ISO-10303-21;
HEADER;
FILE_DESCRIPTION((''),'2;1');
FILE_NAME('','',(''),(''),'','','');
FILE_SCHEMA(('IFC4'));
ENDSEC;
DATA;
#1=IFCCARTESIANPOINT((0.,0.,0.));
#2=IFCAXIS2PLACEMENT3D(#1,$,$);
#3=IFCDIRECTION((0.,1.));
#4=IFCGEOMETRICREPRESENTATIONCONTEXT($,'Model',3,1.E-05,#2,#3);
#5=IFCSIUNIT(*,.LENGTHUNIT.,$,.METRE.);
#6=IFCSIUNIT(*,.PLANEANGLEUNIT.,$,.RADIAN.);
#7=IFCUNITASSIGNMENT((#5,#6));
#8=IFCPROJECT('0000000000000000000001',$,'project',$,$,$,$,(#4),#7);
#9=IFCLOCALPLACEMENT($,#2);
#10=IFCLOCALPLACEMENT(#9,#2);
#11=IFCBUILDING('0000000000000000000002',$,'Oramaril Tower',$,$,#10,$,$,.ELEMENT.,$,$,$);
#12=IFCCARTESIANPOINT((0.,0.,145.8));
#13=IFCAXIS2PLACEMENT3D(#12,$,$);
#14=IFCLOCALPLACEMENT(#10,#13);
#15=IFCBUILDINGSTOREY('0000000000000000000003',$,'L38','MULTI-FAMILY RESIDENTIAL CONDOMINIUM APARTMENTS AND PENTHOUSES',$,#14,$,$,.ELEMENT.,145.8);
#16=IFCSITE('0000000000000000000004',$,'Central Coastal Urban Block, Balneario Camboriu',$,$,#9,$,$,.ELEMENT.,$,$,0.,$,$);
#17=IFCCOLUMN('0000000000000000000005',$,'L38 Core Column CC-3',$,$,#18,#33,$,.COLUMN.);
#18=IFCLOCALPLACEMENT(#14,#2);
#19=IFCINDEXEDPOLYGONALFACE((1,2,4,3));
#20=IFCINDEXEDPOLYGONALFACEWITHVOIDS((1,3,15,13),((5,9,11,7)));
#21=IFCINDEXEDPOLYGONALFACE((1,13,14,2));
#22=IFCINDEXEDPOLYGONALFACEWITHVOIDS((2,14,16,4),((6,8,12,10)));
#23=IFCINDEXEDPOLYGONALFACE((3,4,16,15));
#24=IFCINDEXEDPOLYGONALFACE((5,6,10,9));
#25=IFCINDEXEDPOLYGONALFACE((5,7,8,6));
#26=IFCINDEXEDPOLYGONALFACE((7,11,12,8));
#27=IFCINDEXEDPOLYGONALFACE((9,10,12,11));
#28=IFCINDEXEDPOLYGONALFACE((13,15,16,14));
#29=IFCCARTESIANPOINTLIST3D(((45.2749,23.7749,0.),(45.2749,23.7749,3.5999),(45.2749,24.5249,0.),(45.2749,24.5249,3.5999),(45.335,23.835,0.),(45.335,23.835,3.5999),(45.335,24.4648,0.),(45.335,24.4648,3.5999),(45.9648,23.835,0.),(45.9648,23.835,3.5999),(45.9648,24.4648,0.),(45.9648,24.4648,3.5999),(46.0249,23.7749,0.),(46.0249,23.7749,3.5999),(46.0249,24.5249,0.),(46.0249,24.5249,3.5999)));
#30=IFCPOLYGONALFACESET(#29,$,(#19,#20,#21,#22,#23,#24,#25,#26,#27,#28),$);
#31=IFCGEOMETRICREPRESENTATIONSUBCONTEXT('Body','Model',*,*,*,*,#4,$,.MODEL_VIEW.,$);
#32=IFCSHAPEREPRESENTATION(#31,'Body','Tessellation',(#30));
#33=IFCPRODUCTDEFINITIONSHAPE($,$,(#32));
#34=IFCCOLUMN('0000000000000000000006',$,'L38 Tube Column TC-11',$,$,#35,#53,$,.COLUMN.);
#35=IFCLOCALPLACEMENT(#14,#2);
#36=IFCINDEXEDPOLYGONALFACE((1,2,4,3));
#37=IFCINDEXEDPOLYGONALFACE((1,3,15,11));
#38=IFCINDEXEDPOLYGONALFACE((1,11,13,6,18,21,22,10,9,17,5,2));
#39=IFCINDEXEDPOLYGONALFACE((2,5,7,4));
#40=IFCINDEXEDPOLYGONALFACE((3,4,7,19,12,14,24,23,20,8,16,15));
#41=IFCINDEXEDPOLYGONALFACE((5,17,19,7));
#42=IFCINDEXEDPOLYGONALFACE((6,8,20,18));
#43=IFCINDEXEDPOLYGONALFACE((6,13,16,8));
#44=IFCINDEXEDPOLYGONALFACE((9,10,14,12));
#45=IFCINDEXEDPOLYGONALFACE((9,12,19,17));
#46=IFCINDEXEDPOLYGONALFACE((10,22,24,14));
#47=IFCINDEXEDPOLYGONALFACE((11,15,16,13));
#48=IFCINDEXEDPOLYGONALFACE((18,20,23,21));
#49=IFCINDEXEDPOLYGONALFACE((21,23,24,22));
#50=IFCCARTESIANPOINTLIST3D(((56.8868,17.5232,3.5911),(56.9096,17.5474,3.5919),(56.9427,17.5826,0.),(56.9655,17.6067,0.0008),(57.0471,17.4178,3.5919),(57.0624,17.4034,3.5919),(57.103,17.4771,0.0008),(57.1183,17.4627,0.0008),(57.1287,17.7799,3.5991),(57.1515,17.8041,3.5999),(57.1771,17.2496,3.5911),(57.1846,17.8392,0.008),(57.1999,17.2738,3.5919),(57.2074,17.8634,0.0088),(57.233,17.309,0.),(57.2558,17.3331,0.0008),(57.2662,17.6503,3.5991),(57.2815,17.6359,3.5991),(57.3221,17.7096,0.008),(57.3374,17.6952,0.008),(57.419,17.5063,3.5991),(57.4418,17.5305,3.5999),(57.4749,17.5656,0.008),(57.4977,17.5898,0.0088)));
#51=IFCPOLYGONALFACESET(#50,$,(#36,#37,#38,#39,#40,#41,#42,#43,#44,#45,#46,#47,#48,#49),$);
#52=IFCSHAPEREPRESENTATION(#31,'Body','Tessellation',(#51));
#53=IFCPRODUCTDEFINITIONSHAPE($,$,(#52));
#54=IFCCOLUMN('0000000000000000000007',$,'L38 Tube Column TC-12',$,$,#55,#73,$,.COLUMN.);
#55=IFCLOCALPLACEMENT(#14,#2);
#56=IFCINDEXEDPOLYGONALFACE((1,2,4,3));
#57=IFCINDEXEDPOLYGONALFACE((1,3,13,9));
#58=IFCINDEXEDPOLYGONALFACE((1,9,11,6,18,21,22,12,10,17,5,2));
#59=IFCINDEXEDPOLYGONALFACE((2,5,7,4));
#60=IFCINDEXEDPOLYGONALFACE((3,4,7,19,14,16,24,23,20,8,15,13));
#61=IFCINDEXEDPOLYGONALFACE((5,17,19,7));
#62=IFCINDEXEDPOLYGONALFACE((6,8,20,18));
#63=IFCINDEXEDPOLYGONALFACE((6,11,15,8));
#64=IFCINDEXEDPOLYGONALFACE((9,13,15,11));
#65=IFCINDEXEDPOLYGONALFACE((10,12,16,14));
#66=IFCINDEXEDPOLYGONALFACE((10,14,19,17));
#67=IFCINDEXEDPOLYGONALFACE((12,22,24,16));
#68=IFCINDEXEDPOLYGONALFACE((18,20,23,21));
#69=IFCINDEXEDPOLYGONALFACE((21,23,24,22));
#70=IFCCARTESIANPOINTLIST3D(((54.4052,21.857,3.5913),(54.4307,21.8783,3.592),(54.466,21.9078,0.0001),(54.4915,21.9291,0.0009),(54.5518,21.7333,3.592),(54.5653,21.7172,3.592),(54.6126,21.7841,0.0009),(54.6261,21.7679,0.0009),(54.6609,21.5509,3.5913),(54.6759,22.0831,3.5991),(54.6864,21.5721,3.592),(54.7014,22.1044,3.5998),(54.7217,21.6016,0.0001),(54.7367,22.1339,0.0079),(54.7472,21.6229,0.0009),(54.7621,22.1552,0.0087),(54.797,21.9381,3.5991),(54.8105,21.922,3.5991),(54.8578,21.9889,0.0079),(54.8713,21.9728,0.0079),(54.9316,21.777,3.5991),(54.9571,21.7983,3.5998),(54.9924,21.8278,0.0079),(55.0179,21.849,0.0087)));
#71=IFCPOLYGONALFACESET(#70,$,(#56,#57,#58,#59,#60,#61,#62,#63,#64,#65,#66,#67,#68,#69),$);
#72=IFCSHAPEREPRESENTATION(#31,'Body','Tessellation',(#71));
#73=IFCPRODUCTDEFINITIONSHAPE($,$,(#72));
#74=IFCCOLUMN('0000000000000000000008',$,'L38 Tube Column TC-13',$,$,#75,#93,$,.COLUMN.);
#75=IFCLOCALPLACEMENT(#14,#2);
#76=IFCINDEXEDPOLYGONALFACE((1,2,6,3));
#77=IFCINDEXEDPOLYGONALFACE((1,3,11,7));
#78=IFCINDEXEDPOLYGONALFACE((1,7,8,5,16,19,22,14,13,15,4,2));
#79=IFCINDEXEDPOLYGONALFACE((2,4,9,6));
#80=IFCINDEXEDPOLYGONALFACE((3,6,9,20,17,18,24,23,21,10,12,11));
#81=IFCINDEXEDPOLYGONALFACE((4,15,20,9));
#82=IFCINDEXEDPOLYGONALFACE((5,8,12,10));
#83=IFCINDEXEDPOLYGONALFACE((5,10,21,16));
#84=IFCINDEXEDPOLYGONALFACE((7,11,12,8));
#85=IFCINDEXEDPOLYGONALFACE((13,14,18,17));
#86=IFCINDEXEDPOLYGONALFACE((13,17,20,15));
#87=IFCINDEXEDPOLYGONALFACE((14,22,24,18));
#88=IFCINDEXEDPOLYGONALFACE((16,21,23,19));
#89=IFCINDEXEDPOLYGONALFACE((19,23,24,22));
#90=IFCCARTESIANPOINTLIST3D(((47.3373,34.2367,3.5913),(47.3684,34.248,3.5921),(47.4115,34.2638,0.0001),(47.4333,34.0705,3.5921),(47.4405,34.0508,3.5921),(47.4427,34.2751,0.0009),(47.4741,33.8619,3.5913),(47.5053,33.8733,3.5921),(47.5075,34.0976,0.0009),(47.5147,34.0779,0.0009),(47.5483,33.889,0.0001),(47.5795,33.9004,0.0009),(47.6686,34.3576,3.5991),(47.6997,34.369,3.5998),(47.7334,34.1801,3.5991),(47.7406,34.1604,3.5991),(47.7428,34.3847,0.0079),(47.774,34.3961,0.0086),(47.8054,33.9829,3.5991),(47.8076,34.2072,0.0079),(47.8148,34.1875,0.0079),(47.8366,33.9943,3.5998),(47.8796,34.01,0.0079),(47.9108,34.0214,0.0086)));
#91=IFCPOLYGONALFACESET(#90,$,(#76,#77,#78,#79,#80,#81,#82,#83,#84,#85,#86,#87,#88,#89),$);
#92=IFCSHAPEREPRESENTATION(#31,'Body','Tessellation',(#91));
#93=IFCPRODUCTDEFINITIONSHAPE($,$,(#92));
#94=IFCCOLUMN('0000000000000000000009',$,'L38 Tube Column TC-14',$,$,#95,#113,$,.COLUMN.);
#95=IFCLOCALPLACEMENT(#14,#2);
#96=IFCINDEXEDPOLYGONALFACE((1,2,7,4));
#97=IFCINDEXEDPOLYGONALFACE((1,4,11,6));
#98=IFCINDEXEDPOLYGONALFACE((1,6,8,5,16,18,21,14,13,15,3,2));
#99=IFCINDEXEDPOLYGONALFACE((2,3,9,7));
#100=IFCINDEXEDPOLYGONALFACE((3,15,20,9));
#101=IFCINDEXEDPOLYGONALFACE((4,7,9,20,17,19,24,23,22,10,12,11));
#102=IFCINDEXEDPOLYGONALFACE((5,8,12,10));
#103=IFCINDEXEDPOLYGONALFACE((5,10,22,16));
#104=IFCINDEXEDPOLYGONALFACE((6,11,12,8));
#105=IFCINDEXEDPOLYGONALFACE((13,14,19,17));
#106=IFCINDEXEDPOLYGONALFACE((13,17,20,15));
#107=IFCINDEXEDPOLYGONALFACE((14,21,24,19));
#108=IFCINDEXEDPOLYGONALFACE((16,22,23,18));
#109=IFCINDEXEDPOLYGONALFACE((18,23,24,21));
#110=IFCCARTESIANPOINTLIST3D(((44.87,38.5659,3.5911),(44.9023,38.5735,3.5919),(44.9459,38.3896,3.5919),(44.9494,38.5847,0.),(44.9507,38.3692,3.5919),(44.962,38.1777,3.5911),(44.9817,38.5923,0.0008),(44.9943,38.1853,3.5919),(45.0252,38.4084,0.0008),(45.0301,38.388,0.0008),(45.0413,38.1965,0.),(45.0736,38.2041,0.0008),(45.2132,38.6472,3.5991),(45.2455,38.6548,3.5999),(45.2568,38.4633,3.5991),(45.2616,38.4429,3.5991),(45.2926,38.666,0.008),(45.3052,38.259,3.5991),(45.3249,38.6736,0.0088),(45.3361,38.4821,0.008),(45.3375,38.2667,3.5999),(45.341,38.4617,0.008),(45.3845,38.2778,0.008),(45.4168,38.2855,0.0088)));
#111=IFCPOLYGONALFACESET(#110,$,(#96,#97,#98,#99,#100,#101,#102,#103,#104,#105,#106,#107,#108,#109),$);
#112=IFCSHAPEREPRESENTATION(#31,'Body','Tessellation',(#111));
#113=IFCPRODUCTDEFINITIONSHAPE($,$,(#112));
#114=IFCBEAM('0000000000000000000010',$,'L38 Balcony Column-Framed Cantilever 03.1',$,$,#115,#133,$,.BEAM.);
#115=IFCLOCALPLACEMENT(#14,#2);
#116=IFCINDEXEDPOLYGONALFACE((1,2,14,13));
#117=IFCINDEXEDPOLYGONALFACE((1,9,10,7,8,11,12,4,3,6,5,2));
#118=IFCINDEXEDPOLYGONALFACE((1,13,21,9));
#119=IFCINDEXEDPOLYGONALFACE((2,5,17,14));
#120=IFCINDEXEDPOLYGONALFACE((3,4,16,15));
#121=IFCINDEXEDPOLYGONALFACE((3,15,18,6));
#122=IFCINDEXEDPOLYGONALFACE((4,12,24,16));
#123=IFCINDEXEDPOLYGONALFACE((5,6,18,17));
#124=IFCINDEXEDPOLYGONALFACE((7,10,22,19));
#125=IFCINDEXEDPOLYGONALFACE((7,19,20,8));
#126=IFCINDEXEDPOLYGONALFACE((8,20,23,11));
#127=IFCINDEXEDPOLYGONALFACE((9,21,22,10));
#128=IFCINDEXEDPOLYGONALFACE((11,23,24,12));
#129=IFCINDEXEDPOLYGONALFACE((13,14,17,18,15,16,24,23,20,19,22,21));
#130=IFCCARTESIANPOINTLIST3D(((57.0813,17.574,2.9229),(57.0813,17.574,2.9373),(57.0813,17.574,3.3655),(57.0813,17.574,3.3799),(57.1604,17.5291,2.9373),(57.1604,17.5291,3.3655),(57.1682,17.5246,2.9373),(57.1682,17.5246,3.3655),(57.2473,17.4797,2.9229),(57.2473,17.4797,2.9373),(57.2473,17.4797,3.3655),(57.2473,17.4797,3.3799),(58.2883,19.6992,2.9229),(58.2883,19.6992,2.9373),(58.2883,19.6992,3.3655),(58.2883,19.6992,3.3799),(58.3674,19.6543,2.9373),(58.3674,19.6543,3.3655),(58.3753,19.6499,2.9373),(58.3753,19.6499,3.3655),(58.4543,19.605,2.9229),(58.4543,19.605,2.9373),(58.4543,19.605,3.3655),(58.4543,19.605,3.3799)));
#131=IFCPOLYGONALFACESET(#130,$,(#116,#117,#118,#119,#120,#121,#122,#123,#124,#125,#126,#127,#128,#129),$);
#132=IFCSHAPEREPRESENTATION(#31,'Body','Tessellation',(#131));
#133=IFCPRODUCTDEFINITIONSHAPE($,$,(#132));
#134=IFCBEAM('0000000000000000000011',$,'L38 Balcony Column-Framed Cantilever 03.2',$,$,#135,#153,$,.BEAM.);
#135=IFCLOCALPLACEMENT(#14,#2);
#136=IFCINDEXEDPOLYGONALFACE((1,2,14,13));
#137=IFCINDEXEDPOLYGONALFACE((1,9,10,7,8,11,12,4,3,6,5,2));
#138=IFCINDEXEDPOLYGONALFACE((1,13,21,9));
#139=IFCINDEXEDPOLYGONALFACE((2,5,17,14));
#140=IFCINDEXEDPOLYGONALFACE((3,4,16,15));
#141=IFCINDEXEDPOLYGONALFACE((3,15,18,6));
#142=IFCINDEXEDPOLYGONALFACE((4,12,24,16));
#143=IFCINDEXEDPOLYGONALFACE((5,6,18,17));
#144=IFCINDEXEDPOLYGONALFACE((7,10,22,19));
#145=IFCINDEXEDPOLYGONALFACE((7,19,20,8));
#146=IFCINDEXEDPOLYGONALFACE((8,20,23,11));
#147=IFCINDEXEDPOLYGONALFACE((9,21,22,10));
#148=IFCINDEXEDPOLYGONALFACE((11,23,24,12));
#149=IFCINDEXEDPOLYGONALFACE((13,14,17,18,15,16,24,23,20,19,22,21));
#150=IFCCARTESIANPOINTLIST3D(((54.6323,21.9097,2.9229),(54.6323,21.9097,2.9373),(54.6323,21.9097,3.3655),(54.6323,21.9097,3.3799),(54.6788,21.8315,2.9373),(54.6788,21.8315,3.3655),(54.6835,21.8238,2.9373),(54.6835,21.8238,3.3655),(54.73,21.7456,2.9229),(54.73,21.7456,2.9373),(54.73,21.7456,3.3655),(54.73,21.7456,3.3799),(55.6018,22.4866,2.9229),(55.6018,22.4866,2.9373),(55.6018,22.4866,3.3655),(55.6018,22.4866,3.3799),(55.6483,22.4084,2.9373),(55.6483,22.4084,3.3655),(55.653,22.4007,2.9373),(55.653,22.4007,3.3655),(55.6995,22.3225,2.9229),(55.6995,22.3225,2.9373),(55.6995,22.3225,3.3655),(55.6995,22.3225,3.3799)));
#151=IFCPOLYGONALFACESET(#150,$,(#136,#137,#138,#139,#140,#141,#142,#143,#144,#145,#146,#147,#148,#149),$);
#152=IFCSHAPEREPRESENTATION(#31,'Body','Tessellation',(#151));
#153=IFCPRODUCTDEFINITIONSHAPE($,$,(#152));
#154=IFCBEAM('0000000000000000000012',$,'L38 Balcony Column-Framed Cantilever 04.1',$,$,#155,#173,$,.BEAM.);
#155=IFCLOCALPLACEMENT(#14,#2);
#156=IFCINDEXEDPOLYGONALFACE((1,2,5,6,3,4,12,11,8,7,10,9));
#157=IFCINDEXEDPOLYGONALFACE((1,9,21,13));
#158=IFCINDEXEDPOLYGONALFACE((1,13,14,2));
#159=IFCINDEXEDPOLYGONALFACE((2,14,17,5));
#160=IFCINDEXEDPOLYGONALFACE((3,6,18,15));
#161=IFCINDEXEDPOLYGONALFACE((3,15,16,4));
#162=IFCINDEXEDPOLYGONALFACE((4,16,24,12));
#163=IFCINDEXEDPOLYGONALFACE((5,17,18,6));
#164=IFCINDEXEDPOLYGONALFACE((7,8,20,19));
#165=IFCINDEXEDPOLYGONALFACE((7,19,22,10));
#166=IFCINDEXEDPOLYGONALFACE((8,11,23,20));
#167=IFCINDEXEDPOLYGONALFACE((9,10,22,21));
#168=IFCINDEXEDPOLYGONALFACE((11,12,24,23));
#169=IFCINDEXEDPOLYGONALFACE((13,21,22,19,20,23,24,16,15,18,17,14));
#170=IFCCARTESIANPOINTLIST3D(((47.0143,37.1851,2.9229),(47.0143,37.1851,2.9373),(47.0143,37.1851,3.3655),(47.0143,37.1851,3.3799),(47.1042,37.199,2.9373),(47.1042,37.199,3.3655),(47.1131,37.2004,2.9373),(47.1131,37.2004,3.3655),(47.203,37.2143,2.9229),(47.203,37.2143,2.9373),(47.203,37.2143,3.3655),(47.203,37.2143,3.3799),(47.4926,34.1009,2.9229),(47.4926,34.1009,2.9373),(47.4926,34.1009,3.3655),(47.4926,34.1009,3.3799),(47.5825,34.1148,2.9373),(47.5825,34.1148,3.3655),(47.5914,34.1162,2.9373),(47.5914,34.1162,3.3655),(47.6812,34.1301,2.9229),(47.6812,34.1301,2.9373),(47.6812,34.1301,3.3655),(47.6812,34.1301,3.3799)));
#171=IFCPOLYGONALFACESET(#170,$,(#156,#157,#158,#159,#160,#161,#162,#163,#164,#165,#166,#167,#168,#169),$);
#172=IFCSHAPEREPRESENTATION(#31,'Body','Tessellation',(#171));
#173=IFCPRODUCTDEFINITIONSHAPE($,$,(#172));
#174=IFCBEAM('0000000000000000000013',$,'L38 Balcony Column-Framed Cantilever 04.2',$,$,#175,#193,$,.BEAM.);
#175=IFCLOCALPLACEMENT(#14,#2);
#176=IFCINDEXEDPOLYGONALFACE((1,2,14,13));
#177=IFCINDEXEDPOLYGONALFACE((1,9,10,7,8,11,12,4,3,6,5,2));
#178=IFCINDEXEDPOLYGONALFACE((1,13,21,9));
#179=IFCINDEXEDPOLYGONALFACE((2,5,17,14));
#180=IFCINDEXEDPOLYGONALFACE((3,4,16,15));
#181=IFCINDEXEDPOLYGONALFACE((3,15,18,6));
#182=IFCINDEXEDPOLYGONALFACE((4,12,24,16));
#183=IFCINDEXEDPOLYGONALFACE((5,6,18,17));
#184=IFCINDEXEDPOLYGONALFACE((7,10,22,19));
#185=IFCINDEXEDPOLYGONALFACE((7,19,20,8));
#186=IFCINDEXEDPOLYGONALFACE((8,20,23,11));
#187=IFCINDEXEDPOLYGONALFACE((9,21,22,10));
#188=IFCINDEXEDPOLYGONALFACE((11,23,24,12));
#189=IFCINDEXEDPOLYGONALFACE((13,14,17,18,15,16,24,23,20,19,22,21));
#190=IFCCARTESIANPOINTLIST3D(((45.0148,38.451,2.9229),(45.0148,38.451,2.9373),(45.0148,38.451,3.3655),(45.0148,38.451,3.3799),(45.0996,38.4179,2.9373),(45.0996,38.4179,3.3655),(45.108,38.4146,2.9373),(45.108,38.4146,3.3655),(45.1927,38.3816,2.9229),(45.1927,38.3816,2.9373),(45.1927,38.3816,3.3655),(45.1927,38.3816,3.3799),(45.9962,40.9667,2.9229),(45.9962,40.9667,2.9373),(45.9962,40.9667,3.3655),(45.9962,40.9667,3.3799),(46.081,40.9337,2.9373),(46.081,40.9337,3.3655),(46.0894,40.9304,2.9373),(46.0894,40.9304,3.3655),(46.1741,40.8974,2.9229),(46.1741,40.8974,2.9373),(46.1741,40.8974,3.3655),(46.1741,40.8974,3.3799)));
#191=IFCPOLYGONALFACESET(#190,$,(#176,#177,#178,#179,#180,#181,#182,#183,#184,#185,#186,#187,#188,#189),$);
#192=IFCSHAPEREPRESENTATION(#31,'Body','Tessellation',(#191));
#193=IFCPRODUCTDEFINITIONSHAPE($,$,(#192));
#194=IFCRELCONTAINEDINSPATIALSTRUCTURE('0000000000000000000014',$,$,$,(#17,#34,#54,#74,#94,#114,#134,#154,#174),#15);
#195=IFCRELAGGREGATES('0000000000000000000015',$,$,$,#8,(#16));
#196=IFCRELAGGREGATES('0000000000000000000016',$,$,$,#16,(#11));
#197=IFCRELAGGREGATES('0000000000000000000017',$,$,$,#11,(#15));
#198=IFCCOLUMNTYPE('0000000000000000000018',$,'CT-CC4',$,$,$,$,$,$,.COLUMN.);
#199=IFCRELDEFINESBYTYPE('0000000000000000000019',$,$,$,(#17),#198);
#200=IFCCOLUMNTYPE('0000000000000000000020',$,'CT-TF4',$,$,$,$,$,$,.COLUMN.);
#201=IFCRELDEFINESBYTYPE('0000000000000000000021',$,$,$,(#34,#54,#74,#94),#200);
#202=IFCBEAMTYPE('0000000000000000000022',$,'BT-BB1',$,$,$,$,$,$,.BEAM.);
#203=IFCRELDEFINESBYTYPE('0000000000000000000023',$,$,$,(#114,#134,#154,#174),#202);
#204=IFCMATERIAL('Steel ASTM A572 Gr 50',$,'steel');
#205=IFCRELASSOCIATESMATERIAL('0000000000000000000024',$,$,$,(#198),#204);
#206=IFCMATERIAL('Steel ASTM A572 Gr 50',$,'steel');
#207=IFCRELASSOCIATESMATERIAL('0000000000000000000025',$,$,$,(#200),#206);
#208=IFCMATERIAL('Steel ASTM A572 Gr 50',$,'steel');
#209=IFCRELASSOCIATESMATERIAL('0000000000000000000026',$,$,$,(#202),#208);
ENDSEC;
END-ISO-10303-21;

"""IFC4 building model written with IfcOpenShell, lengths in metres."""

from ifc_helpers import new_model, si_unit, direction, frame, origin, origin_2d, place, context, subcontext, project, spatial, hollow_rectangle, i_section, extrude, material, material_profile, profile_set, type_object, element, save


model = new_model("IFC4")

# Units and contexts
model_context = context("Model", 3, precision=1e-05, world=origin(), true_north=direction((0.0, 1.0)))
body_context = subcontext(model_context, "Body", "Model", "MODEL_VIEW")
ifc_project = project(units=[si_unit("LENGTHUNIT", "METRE"), si_unit("PLANEANGLEUNIT", "RADIAN")], contexts=[model_context])

# Site, building, storey
site_placement = place(None, origin())
site = spatial("IfcSite", under=ifc_project, at=site_placement, Name="Central Coastal Urban Block, Balneario Camboriu", CompositionType="ELEMENT", RefElevation=0.0)
building_placement = place(site_placement, origin())
building = spatial("IfcBuilding", under=site, at=building_placement, Name="Oramaril Tower", CompositionType="ELEMENT")
storey_placement = place(building_placement, frame((0.0, 0.0, 145.8)))
storey = spatial("IfcBuildingStorey", under=building, at=storey_placement, Name="L38", Description="MULTI-FAMILY RESIDENTIAL CONDOMINIUM APARTMENTS AND PENTHOUSES", CompositionType="ELEMENT", Elevation=145.8)

# Columns
ifc_material_1 = material(Name="Steel ASTM A572 Gr 50", Category="steel")
ifc_material_profile_1 = material_profile(ifc_material_1, hollow_rectangle(XDim=0.75, YDim=0.75, WallThickness=0.0601, at=origin_2d()), Name="BOX750X750X60")
ifc_profile_set_1 = profile_set([ifc_material_profile_1], Name="Steel ASTM A572 Gr 50")
column_type_1 = type_object("IfcColumnType", Name="CT-CC4", PredefinedType="COLUMN", material=ifc_profile_set_1)
column_placement = place(storey_placement, frame((45.6499, 24.1499, 0.0), z_axis=(0.0, 0.0, 1.0), x_axis=(1.0, 0.0, 0.0)))
element("IfcColumn", 1, at=column_placement, inside=storey, type_object=column_type_1, Name="L38 Core Column CC-3", PredefinedType="COLUMN", context=body_context, shape_type="SweptSolid", body=[
    extrude(hollow_rectangle(XDim=0.75, YDim=0.75, WallThickness=0.0601, at=origin_2d()), origin(), (0.0, 0.0, 1.0), 3.5999),
])
ifc_material_2 = material(Name="Steel ASTM A572 Gr 50", Category="steel")
ifc_material_profile_2 = material_profile(ifc_material_2, i_section(OverallWidth=0.3989, OverallDepth=0.386, WebThickness=0.021, FlangeThickness=0.0332, at=origin_2d()), Name="W14X176")
ifc_profile_set_2 = profile_set([ifc_material_profile_2], Name="Steel ASTM A572 Gr 50")
column_type_2 = type_object("IfcColumnType", Name="CT-TF4", PredefinedType="COLUMN", material=ifc_profile_set_2)
for number, where, z_axis, x_axis, name in (
    (2, (57.2202, 17.5862, 0.0044), (-0.015565, -0.016516, 0.999742), (0.72776, -0.685832, 0.0), "L38 Tube Column TC-11"),
    (3, (54.7419, 21.8784, 0.0044), (-0.016924, -0.014138, 0.999757), (0.641093, -0.767463, 0.0), "L38 Tube Column TC-12"),
    (4, (47.6611, 34.1426, 0.0044), (-0.020663, -0.007545, 0.999758), (0.342983, -0.939342, 0.0), "L38 Tube Column TC-13"),
    (5, (45.1831, 38.4351, 0.0044), (-0.02209, -0.005234, 0.999742), (0.230541, -0.973063, 0.0), "L38 Tube Column TC-14"),
):
    element("IfcColumn", number, at=place(storey_placement, frame(where, z_axis=z_axis, x_axis=x_axis)), inside=storey, type_object=column_type_2, Name=name, PredefinedType="COLUMN", context=body_context, shape_type="SweptSolid", body=[
        extrude(i_section(OverallWidth=0.3989, OverallDepth=0.386, WebThickness=0.021, FlangeThickness=0.0332, at=origin_2d()), origin(), (0.0, 0.0, 1.0), 3.592),
    ])

# Beams
ifc_material_3 = material(Name="Steel ASTM A572 Gr 50", Category="steel")
ifc_material_profile_3 = material_profile(ifc_material_3, i_section(OverallWidth=0.1909, OverallDepth=0.457, WebThickness=0.009, FlangeThickness=0.0144, at=origin_2d()), Name="W18X50")
ifc_profile_set_3 = profile_set([ifc_material_profile_3], Name="Steel ASTM A572 Gr 50")
beam_type_1 = type_object("IfcBeamType", Name="BT-BB1", PredefinedType="BEAM", material=ifc_profile_set_3)
beam_1_placement = place(storey_placement, frame((57.1643, 17.5269, 3.1514), z_axis=(0.493857, 0.869543, 0.0), x_axis=(-0.869543, 0.493857, 0.0)))
element("IfcBeam", 6, at=beam_1_placement, inside=storey, type_object=beam_type_1, Name="L38 Balcony Column-Framed Cantilever 03.1", PredefinedType="BEAM", context=body_context, shape_type="SweptSolid", body=[
    extrude(i_section(OverallWidth=0.1909, OverallDepth=0.457, WebThickness=0.009, FlangeThickness=0.0144, at=origin_2d()), origin(), (0.0, 0.0, 1.0), 2.4441),
])
beam_2_placement = place(storey_placement, frame((54.6812, 21.8276, 3.1514), z_axis=(0.859359, 0.511374, 0.0), x_axis=(-0.511374, 0.859359, 0.0)))
element("IfcBeam", 7, at=beam_2_placement, inside=storey, type_object=beam_type_1, Name="L38 Balcony Column-Framed Cantilever 03.2", PredefinedType="BEAM", context=body_context, shape_type="SweptSolid", body=[
    extrude(i_section(OverallWidth=0.1909, OverallDepth=0.457, WebThickness=0.009, FlangeThickness=0.0144, at=origin_2d()), origin(), (0.0, 0.0, 1.0), 1.1282),
])
beam_3_placement = place(storey_placement, frame((47.5869, 34.1155, 3.1514), z_axis=(-0.153239, 0.988189, 0.0), x_axis=(-0.988189, -0.153239, 0.0)))
element("IfcBeam", 8, at=beam_3_placement, inside=storey, type_object=beam_type_1, Name="L38 Balcony Column-Framed Cantilever 04.1", PredefinedType="BEAM", context=body_context, shape_type="SweptSolid", body=[
    extrude(i_section(OverallWidth=0.1909, OverallDepth=0.457, WebThickness=0.009, FlangeThickness=0.0144, at=origin_2d()), origin(), (0.0, 0.0, 1.0), 3.1211),
])
beam_4_placement = place(storey_placement, frame((45.1038, 38.4163, 3.1514), z_axis=(0.363428, 0.931622, 0.0), x_axis=(-0.931622, 0.363428, 0.0)))
element("IfcBeam", 9, at=beam_4_placement, inside=storey, type_object=beam_type_1, Name="L38 Balcony Column-Framed Cantilever 04.2", PredefinedType="BEAM", context=body_context, shape_type="SweptSolid", body=[
    extrude(i_section(OverallWidth=0.1909, OverallDepth=0.457, WebThickness=0.009, FlangeThickness=0.0144, at=origin_2d()), origin(), (0.0, 0.0, 1.0), 2.7004),
])

save(model, "model.ifc")
